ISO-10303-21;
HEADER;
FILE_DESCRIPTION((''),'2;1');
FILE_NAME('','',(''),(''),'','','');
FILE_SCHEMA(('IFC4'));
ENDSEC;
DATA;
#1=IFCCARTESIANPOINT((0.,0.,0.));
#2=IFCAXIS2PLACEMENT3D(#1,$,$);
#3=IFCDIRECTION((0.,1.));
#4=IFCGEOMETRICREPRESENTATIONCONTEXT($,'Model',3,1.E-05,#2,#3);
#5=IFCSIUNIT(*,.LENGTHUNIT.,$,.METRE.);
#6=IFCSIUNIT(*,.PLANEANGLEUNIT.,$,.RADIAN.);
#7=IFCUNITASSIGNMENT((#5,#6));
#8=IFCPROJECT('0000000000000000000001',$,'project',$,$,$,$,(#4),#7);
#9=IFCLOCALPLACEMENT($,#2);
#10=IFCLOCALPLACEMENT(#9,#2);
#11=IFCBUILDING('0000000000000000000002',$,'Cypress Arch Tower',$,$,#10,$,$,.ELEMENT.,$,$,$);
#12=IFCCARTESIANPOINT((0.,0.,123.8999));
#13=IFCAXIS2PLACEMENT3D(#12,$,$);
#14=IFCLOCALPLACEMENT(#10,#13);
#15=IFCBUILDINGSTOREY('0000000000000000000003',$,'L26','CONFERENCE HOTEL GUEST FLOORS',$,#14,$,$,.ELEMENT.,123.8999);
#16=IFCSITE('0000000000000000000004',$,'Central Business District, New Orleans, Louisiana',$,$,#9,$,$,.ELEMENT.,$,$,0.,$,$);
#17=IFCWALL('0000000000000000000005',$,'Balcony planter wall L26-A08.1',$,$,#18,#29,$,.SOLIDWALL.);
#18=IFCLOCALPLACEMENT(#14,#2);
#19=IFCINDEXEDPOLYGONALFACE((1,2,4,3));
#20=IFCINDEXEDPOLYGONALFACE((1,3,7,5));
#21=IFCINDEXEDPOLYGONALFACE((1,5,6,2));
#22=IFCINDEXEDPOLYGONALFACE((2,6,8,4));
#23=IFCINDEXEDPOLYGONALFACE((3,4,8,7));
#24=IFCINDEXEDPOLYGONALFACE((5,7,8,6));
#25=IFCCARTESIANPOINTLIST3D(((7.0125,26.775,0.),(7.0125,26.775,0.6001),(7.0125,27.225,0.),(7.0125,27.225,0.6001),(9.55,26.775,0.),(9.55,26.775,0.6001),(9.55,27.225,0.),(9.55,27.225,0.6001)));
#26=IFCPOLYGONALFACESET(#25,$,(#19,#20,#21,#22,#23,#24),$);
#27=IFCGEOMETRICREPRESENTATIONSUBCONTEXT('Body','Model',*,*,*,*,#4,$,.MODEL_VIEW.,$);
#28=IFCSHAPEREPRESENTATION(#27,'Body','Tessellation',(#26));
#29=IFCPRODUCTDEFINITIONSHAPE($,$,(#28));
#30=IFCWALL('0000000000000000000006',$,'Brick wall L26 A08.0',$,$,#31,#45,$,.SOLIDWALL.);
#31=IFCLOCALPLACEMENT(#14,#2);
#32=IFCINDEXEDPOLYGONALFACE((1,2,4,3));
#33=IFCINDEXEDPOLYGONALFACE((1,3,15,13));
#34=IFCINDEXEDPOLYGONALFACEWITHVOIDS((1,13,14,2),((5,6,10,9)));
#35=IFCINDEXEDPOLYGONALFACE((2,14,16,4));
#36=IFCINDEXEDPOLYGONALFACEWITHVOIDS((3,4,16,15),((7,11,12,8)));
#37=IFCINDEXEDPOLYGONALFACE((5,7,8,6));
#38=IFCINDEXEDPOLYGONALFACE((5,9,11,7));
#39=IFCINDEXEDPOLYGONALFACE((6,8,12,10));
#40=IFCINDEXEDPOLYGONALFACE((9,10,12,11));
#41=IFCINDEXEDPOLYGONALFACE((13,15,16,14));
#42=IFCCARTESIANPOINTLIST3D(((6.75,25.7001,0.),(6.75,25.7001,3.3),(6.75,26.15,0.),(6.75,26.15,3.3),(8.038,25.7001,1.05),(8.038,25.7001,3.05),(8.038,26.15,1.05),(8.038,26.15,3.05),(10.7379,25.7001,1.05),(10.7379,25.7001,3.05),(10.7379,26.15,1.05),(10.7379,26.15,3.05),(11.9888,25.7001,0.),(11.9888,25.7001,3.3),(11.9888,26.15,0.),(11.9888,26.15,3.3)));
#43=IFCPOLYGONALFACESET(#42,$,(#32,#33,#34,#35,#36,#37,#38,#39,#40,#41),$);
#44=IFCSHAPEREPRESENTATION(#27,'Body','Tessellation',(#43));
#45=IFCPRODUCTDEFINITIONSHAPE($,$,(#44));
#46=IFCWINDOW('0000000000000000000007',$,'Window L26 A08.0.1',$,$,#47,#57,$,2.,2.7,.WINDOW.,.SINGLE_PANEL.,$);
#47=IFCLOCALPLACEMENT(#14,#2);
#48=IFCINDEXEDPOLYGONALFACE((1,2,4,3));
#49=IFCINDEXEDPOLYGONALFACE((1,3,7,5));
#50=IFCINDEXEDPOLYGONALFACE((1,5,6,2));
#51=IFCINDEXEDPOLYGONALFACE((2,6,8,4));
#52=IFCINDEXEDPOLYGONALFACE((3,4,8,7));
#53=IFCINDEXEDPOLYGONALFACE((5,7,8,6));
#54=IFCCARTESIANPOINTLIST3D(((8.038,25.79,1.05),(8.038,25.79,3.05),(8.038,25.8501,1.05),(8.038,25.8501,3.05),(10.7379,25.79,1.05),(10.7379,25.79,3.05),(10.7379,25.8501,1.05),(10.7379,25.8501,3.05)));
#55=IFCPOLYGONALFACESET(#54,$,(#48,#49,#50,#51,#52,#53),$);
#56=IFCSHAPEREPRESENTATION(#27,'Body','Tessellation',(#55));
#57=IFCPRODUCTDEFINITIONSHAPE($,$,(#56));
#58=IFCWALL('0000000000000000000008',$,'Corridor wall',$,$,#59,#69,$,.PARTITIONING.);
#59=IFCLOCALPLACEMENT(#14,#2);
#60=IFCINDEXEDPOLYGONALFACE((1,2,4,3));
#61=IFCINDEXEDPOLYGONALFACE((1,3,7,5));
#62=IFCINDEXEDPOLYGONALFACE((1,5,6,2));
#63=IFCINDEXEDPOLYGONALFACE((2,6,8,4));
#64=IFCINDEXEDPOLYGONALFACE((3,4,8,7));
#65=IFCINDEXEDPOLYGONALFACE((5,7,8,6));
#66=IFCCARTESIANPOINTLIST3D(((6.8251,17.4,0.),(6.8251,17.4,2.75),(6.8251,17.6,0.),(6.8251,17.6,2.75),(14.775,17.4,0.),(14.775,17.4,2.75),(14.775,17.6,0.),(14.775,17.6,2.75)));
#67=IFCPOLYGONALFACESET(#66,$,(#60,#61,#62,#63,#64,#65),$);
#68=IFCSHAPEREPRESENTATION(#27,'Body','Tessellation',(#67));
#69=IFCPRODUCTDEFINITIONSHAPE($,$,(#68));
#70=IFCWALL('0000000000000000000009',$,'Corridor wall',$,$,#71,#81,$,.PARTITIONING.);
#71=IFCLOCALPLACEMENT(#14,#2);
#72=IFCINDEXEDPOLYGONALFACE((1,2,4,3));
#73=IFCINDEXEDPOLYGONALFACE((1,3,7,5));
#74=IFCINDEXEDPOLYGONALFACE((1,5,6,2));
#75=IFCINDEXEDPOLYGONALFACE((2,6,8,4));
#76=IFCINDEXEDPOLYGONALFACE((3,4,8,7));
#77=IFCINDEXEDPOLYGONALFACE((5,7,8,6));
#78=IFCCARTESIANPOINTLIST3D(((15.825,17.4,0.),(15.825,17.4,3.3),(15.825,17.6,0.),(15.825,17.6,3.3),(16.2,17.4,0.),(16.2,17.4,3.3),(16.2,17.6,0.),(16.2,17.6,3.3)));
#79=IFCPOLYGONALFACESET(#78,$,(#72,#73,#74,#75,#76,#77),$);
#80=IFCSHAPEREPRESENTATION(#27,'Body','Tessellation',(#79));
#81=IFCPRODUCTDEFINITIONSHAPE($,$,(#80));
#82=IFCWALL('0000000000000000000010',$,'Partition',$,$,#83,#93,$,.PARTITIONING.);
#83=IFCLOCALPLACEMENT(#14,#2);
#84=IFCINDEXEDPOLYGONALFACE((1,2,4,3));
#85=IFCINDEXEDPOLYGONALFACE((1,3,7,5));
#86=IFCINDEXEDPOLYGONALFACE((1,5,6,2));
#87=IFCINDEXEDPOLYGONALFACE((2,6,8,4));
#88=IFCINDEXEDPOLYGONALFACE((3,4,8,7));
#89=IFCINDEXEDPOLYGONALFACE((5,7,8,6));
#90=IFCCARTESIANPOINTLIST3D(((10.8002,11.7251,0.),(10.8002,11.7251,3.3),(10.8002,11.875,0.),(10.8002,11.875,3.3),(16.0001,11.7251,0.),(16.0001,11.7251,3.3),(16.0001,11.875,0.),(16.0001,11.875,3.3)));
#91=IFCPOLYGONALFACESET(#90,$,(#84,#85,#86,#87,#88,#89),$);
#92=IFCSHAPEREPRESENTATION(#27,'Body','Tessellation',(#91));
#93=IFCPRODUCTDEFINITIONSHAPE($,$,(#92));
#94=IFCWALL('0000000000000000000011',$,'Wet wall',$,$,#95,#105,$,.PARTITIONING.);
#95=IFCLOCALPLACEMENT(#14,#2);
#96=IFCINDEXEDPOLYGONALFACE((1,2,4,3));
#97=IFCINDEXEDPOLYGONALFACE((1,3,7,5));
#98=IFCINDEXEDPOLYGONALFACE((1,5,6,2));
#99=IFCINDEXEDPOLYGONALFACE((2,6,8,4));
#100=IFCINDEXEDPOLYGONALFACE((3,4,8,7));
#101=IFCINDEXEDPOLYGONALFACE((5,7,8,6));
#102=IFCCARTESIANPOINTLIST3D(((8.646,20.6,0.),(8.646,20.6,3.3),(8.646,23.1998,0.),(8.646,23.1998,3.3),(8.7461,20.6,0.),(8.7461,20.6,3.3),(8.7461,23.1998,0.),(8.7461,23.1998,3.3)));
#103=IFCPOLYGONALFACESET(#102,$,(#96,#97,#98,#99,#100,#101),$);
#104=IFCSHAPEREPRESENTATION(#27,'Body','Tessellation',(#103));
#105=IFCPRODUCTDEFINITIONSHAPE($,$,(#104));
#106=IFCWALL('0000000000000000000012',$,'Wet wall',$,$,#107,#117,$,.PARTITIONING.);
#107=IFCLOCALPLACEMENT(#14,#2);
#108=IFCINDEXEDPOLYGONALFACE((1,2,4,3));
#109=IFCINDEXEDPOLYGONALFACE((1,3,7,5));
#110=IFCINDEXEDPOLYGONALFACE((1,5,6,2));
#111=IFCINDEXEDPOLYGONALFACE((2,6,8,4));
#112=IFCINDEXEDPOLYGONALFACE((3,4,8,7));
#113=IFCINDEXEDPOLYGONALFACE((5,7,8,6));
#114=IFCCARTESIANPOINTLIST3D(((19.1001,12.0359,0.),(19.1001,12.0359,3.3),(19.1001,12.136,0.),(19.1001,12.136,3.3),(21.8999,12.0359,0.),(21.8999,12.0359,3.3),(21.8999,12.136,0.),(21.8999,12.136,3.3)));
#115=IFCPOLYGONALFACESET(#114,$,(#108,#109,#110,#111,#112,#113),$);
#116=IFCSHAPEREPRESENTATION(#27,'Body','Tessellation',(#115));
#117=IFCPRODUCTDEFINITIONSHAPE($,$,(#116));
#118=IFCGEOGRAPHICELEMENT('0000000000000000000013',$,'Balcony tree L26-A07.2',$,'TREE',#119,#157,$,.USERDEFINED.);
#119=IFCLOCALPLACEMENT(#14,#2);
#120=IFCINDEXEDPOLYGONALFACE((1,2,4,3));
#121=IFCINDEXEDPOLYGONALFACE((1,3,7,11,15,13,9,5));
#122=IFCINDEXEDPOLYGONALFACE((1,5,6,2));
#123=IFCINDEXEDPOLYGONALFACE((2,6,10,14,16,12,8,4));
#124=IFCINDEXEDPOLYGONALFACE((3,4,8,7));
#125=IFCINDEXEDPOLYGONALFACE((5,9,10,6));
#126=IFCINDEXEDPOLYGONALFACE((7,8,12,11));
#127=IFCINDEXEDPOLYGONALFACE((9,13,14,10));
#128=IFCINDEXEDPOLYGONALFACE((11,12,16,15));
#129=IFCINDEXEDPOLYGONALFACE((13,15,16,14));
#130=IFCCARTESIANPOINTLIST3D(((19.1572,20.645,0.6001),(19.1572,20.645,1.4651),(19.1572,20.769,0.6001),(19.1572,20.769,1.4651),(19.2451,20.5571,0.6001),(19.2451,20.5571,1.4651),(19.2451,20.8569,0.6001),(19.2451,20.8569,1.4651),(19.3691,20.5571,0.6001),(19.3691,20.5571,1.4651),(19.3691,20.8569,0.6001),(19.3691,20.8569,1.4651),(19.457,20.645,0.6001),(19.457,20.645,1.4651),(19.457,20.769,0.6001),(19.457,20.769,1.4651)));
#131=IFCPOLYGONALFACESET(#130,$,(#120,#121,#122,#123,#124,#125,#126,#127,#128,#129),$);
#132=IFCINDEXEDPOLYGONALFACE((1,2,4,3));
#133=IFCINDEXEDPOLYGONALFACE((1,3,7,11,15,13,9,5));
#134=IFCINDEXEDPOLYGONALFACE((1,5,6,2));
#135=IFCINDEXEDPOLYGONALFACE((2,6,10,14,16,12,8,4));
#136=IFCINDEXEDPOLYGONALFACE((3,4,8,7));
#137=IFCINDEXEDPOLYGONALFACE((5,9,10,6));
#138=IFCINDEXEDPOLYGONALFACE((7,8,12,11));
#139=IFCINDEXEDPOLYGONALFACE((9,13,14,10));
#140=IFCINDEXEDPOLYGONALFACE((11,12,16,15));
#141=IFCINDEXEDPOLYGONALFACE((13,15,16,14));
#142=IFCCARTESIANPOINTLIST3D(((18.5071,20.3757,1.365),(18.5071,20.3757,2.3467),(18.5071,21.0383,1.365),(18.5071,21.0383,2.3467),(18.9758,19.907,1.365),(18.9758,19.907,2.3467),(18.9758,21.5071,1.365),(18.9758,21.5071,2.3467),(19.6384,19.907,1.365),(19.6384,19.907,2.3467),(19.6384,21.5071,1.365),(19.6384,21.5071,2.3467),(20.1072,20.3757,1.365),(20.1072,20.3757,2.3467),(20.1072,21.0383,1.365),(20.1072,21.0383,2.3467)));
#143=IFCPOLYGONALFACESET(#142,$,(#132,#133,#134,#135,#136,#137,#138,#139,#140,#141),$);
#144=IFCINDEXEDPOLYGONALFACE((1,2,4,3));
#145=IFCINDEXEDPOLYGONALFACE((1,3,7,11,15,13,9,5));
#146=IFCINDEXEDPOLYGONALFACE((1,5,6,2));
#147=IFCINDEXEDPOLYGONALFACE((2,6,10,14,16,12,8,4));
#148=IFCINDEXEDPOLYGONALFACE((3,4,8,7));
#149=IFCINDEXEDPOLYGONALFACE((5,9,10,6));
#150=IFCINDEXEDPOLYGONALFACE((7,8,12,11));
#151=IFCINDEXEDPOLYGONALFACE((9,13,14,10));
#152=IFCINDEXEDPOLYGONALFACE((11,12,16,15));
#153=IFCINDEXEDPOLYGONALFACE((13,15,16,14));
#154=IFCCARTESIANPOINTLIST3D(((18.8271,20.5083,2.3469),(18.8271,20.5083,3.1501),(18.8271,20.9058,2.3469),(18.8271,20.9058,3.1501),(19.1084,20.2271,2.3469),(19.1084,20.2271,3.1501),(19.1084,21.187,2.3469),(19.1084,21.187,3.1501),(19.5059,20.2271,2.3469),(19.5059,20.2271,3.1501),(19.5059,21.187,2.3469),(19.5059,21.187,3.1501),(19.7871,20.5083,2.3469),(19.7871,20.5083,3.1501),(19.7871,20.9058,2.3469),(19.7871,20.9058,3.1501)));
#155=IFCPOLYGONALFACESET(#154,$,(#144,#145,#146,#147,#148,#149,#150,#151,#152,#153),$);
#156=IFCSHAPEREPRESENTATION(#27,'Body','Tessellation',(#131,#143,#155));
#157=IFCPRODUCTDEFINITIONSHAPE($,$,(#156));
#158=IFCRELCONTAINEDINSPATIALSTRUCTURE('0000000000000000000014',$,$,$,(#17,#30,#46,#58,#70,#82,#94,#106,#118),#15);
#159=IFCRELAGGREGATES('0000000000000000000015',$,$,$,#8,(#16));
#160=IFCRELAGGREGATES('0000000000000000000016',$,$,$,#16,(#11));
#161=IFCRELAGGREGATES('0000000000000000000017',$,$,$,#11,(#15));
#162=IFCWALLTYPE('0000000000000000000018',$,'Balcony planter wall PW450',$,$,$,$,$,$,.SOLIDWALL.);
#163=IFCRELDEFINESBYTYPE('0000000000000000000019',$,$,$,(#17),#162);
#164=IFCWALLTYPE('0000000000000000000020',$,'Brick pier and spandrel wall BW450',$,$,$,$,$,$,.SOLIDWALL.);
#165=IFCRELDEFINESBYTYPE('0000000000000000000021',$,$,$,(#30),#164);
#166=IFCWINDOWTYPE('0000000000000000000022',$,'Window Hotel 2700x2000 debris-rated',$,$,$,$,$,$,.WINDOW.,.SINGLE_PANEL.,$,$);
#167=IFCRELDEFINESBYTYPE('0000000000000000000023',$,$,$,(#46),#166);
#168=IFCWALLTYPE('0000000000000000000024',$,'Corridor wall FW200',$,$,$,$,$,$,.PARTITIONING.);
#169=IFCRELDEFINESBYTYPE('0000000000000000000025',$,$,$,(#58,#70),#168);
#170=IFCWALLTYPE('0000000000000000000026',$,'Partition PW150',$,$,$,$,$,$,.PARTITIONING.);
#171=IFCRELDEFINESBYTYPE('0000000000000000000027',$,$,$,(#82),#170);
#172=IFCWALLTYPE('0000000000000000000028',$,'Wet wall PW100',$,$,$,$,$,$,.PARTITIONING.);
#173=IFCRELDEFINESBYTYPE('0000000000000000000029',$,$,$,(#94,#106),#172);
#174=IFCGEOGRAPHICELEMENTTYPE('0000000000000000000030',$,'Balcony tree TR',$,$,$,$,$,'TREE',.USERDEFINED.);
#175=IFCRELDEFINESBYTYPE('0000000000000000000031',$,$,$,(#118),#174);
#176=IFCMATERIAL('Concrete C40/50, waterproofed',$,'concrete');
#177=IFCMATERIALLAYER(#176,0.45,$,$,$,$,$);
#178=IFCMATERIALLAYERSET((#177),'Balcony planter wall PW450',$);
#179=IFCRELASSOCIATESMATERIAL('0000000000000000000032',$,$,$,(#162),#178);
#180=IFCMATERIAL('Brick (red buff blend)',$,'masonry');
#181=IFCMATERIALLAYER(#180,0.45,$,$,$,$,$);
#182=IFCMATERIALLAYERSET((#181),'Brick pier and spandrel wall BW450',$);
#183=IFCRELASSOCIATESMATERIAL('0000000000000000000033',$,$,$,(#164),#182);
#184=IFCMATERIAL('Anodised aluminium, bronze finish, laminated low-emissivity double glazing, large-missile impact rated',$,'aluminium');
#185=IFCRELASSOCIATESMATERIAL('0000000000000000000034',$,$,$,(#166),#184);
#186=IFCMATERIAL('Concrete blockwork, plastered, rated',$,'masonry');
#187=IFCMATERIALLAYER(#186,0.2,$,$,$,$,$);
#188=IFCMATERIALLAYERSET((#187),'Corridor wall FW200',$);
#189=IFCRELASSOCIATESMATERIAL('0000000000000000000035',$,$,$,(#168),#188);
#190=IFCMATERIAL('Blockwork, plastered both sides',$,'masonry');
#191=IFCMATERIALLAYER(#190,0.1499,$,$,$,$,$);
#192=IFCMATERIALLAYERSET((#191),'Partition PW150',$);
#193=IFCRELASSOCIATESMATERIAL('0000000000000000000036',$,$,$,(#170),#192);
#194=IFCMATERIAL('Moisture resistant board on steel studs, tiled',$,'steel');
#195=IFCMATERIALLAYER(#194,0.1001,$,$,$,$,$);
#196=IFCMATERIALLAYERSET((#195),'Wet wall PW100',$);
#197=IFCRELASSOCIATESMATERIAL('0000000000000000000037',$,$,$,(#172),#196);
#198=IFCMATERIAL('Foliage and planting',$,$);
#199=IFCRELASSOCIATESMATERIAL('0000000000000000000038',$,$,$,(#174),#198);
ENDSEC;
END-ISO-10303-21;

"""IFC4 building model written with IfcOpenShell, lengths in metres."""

from ifc_helpers import new_model, si_unit, direction, frame, frame_2d, origin, place, context, subcontext, project, spatial, polyline, rectangle, outline, extrude, material, layer, layer_set, type_object, element, fill, save


model = new_model("IFC4")

# Units and contexts
model_context = context("Model", 3, precision=1e-05, world=origin(), true_north=direction((0.0, 1.0)))
body_context = subcontext(model_context, "Body", "Model", "MODEL_VIEW")
ifc_project = project(units=[si_unit("LENGTHUNIT", "METRE"), si_unit("PLANEANGLEUNIT", "RADIAN")], contexts=[model_context])

# Site, building, storey
site_placement = place(None, origin())
site = spatial("IfcSite", under=ifc_project, at=site_placement, Name="Central Business District, New Orleans, Louisiana", CompositionType="ELEMENT", RefElevation=0.0)
building_placement = place(site_placement, origin())
building = spatial("IfcBuilding", under=site, at=building_placement, Name="Cypress Arch Tower", CompositionType="ELEMENT")
storey_placement = place(building_placement, frame((0.0, 0.0, 123.8999)))
storey = spatial("IfcBuildingStorey", under=building, at=storey_placement, Name="L26", Description="CONFERENCE HOTEL GUEST FLOORS", CompositionType="ELEMENT", Elevation=123.8999)

# Wall
ifc_material_1 = material(Name="Concrete C40/50, waterproofed", Category="concrete")
ifc_layer_1 = layer(ifc_material_1, 0.45)
ifc_layer_set_1 = layer_set([ifc_layer_1], Name="Balcony planter wall PW450")
wall_type_1 = type_object("IfcWallType", Name="Balcony planter wall PW450", PredefinedType="SOLIDWALL", material=ifc_layer_set_1)
wall_1_placement = place(storey_placement, frame((9.55, 27.0, 0.0), z_axis=(0.0, 0.0, 1.0), x_axis=(-1.0, 0.0, 0.0)))
element("IfcWall", 1, at=wall_1_placement, inside=storey, type_object=wall_type_1, Name="Balcony planter wall L26-A08.1", PredefinedType="SOLIDWALL", context=body_context, shape_type="SweptSolid", body=[
    extrude(rectangle(XDim=2.5376, YDim=0.45, at=frame_2d((1.2688, 0.0))), origin(), (0.0, 0.0, 1.0), 0.6001),
])

# Shared definitions
ifc_material_2 = material(Name="Brick (red buff blend)", Category="masonry")
ifc_layer_2 = layer(ifc_material_2, 0.45)
ifc_layer_set_2 = layer_set([ifc_layer_2], Name="Brick pier and spandrel wall BW450")
wall_type_2 = type_object("IfcWallType", Name="Brick pier and spandrel wall BW450", PredefinedType="SOLIDWALL", material=ifc_layer_set_2)
ifc_material_3 = material(Name="Anodised aluminium, bronze finish, laminated low-emissivity double glazing, large-missile impact rated", Category="aluminium")
window_type = type_object("IfcWindowType", Name="Window Hotel 2700x2000 debris-rated", PartitioningType="SINGLE_PANEL", PredefinedType="WINDOW", material=ifc_material_3)

# Wall, opening, window
wall_2_placement = place(storey_placement, frame((11.9888, 25.925, 0.0), z_axis=(0.0, 0.0, 1.0), x_axis=(-1.0, 0.0, 0.0)))
wall_2 = element("IfcWall", 2, at=wall_2_placement, inside=storey, type_object=wall_type_2, Name="Brick wall L26 A08.0", PredefinedType="SOLIDWALL", context=body_context, shape_type="SweptSolid", body=[
    extrude(rectangle(XDim=5.2388, YDim=0.45, at=frame_2d((2.6194, 0.0))), origin(), (0.0, 0.0, 1.0), 3.3),
])
opening_1_placement = place(wall_2_placement, frame((1.2507, 0.0, 1.05)))
opening_1 = element("IfcOpeningElement", 3, at=opening_1_placement, cuts=wall_2, PredefinedType="OPENING", context=body_context, shape_type="SweptSolid", body=[
    extrude(rectangle(XDim=2.7, YDim=2.0, at=frame_2d((1.3501, 1.0))), frame((0.0, 0.2349, 0.0), z_axis=(0.0, -1.0, 0.0), x_axis=(1.0, 0.0, 0.0)), (0.0, 0.0, 1.0), 0.47),
])
window_1_placement = place(opening_1_placement, origin())
window_1 = element("IfcWindow", 4, at=window_1_placement, inside=storey, type_object=window_type, Name="Window L26 A08.0.1", OverallHeight=2.0, OverallWidth=2.7, PartitioningType="SINGLE_PANEL", PredefinedType="WINDOW", context=body_context, shape_type="SweptSolid", body=[
    extrude(rectangle(XDim=2.7, YDim=2.0, at=frame_2d((1.3501, 1.0))), frame((0.0, 0.135, 0.0), z_axis=(0.0, -1.0, 0.0), x_axis=(1.0, 0.0, 0.0)), (0.0, 0.0, 1.0), 0.0601),
])
fill(opening_1, window_1)

# Walls
ifc_material_4 = material(Name="Concrete blockwork, plastered, rated", Category="masonry")
ifc_layer_3 = layer(ifc_material_4, 0.2)
ifc_layer_set_3 = layer_set([ifc_layer_3], Name="Corridor wall FW200")
wall_type_3 = type_object("IfcWallType", Name="Corridor wall FW200", PredefinedType="PARTITIONING", material=ifc_layer_set_3)
wall_3_placement = place(storey_placement, frame((6.825, 17.5, 0.0), z_axis=(0.0, 0.0, 1.0), x_axis=(1.0, 0.0, 0.0)))
element("IfcWall", 5, at=wall_3_placement, inside=storey, type_object=wall_type_3, Name="Corridor wall", PredefinedType="PARTITIONING", context=body_context, shape_type="SweptSolid", body=[
    extrude(rectangle(XDim=7.95, YDim=0.2, at=frame_2d((3.9751, 0.0))), origin(), (0.0, 0.0, 1.0), 2.75),
])
wall_4_placement = place(storey_placement, frame((15.825, 17.5, 0.0), z_axis=(0.0, 0.0, 1.0), x_axis=(1.0, 0.0, 0.0)))
element("IfcWall", 6, at=wall_4_placement, inside=storey, type_object=wall_type_3, Name="Corridor wall", PredefinedType="PARTITIONING", context=body_context, shape_type="SweptSolid", body=[
    extrude(rectangle(XDim=0.375, YDim=0.2, at=frame_2d((0.1875, 0.0))), origin(), (0.0, 0.0, 1.0), 3.3),
])
ifc_material_5 = material(Name="Blockwork, plastered both sides", Category="masonry")
ifc_layer_4 = layer(ifc_material_5, 0.1499)
ifc_layer_set_4 = layer_set([ifc_layer_4], Name="Partition PW150")
wall_type_4 = type_object("IfcWallType", Name="Partition PW150", PredefinedType="PARTITIONING", material=ifc_layer_set_4)
wall_5_placement = place(storey_placement, frame((10.8, 11.8, 0.0), z_axis=(0.0, 0.0, 1.0), x_axis=(1.0, 0.0, 0.0)))
element("IfcWall", 7, at=wall_5_placement, inside=storey, type_object=wall_type_4, Name="Partition", PredefinedType="PARTITIONING", context=body_context, shape_type="SweptSolid", body=[
    extrude(rectangle(XDim=5.2, YDim=0.1499, at=frame_2d((2.6001, 0.0))), origin(), (0.0, 0.0, 1.0), 3.3),
])
ifc_material_6 = material(Name="Moisture resistant board on steel studs, tiled", Category="steel")
ifc_layer_5 = layer(ifc_material_6, 0.1001)
ifc_layer_set_5 = layer_set([ifc_layer_5], Name="Wet wall PW100")
wall_type_5 = type_object("IfcWallType", Name="Wet wall PW100", PredefinedType="PARTITIONING", material=ifc_layer_set_5)
wall_6_placement = place(storey_placement, frame((8.696, 20.6001, 0.0), z_axis=(0.0, 0.0, 1.0), x_axis=(0.0, 1.0, 0.0)))
element("IfcWall", 8, at=wall_6_placement, inside=storey, type_object=wall_type_5, Name="Wet wall", PredefinedType="PARTITIONING", context=body_context, shape_type="SweptSolid", body=[
    extrude(rectangle(XDim=2.5999, YDim=0.1001, at=frame_2d((1.2998, 0.0))), origin(), (0.0, 0.0, 1.0), 3.3),
])
wall_7_placement = place(storey_placement, frame((19.1001, 12.0859, 0.0), z_axis=(0.0, 0.0, 1.0), x_axis=(1.0, 0.0, 0.0)))
element("IfcWall", 9, at=wall_7_placement, inside=storey, type_object=wall_type_5, Name="Wet wall", PredefinedType="PARTITIONING", context=body_context, shape_type="SweptSolid", body=[
    extrude(rectangle(XDim=2.7998, YDim=0.1001, at=frame_2d((1.3999, 0.0))), origin(), (0.0, 0.0, 1.0), 3.3),
])

# Geographic element
ifc_material_7 = material(Name="Foliage and planting")
geographic_element_type = type_object("IfcGeographicElementType", Name="Balcony tree TR", ElementType="TREE", PredefinedType="USERDEFINED", material=ifc_material_7)
for number, where, z_axis, x_axis, name in (
    (10, (19.3071, 20.707, 0.6001), (0.0, 0.0, 1.0), (1.0, 0.0, 0.0), "Balcony tree L26-A07.2"),
):
    element("IfcGeographicElement", number, at=place(storey_placement, frame(where, z_axis=z_axis, x_axis=x_axis)), inside=storey, type_object=geographic_element_type, Name=name, ObjectType="TREE", PredefinedType="USERDEFINED", context=body_context, shape_type="SweptSolid", body=[
        extrude(outline(polyline([(0.1499, 0.062), (0.062, 0.1499), (-0.062, 0.1499), (-0.1499, 0.062), (-0.1499, -0.062), (-0.062, -0.1499), (0.062, -0.1499), (0.1499, -0.062), (0.1499, 0.062)])), origin(), (0.0, 0.0, 1.0), 0.865),
        extrude(outline(polyline([(0.8, 0.3313), (0.3313, 0.8), (-0.3313, 0.8), (-0.8, 0.3313), (-0.8, -0.3313), (-0.3313, -0.8), (0.3313, -0.8), (0.8, -0.3313), (0.8, 0.3313)])), frame((0.0, 0.0, 0.7649)), (0.0, 0.0, 1.0), 0.9817),
        extrude(outline(polyline([(0.48, 0.1987), (0.1987, 0.48), (-0.1987, 0.48), (-0.48, 0.1987), (-0.48, -0.1987), (-0.1987, -0.48), (0.1987, -0.48), (0.48, -0.1987), (0.48, 0.1987)])), frame((0.0, 0.0, 1.7468)), (0.0, 0.0, 1.0), 0.8032),
    ])

save(model, "model.ifc")
